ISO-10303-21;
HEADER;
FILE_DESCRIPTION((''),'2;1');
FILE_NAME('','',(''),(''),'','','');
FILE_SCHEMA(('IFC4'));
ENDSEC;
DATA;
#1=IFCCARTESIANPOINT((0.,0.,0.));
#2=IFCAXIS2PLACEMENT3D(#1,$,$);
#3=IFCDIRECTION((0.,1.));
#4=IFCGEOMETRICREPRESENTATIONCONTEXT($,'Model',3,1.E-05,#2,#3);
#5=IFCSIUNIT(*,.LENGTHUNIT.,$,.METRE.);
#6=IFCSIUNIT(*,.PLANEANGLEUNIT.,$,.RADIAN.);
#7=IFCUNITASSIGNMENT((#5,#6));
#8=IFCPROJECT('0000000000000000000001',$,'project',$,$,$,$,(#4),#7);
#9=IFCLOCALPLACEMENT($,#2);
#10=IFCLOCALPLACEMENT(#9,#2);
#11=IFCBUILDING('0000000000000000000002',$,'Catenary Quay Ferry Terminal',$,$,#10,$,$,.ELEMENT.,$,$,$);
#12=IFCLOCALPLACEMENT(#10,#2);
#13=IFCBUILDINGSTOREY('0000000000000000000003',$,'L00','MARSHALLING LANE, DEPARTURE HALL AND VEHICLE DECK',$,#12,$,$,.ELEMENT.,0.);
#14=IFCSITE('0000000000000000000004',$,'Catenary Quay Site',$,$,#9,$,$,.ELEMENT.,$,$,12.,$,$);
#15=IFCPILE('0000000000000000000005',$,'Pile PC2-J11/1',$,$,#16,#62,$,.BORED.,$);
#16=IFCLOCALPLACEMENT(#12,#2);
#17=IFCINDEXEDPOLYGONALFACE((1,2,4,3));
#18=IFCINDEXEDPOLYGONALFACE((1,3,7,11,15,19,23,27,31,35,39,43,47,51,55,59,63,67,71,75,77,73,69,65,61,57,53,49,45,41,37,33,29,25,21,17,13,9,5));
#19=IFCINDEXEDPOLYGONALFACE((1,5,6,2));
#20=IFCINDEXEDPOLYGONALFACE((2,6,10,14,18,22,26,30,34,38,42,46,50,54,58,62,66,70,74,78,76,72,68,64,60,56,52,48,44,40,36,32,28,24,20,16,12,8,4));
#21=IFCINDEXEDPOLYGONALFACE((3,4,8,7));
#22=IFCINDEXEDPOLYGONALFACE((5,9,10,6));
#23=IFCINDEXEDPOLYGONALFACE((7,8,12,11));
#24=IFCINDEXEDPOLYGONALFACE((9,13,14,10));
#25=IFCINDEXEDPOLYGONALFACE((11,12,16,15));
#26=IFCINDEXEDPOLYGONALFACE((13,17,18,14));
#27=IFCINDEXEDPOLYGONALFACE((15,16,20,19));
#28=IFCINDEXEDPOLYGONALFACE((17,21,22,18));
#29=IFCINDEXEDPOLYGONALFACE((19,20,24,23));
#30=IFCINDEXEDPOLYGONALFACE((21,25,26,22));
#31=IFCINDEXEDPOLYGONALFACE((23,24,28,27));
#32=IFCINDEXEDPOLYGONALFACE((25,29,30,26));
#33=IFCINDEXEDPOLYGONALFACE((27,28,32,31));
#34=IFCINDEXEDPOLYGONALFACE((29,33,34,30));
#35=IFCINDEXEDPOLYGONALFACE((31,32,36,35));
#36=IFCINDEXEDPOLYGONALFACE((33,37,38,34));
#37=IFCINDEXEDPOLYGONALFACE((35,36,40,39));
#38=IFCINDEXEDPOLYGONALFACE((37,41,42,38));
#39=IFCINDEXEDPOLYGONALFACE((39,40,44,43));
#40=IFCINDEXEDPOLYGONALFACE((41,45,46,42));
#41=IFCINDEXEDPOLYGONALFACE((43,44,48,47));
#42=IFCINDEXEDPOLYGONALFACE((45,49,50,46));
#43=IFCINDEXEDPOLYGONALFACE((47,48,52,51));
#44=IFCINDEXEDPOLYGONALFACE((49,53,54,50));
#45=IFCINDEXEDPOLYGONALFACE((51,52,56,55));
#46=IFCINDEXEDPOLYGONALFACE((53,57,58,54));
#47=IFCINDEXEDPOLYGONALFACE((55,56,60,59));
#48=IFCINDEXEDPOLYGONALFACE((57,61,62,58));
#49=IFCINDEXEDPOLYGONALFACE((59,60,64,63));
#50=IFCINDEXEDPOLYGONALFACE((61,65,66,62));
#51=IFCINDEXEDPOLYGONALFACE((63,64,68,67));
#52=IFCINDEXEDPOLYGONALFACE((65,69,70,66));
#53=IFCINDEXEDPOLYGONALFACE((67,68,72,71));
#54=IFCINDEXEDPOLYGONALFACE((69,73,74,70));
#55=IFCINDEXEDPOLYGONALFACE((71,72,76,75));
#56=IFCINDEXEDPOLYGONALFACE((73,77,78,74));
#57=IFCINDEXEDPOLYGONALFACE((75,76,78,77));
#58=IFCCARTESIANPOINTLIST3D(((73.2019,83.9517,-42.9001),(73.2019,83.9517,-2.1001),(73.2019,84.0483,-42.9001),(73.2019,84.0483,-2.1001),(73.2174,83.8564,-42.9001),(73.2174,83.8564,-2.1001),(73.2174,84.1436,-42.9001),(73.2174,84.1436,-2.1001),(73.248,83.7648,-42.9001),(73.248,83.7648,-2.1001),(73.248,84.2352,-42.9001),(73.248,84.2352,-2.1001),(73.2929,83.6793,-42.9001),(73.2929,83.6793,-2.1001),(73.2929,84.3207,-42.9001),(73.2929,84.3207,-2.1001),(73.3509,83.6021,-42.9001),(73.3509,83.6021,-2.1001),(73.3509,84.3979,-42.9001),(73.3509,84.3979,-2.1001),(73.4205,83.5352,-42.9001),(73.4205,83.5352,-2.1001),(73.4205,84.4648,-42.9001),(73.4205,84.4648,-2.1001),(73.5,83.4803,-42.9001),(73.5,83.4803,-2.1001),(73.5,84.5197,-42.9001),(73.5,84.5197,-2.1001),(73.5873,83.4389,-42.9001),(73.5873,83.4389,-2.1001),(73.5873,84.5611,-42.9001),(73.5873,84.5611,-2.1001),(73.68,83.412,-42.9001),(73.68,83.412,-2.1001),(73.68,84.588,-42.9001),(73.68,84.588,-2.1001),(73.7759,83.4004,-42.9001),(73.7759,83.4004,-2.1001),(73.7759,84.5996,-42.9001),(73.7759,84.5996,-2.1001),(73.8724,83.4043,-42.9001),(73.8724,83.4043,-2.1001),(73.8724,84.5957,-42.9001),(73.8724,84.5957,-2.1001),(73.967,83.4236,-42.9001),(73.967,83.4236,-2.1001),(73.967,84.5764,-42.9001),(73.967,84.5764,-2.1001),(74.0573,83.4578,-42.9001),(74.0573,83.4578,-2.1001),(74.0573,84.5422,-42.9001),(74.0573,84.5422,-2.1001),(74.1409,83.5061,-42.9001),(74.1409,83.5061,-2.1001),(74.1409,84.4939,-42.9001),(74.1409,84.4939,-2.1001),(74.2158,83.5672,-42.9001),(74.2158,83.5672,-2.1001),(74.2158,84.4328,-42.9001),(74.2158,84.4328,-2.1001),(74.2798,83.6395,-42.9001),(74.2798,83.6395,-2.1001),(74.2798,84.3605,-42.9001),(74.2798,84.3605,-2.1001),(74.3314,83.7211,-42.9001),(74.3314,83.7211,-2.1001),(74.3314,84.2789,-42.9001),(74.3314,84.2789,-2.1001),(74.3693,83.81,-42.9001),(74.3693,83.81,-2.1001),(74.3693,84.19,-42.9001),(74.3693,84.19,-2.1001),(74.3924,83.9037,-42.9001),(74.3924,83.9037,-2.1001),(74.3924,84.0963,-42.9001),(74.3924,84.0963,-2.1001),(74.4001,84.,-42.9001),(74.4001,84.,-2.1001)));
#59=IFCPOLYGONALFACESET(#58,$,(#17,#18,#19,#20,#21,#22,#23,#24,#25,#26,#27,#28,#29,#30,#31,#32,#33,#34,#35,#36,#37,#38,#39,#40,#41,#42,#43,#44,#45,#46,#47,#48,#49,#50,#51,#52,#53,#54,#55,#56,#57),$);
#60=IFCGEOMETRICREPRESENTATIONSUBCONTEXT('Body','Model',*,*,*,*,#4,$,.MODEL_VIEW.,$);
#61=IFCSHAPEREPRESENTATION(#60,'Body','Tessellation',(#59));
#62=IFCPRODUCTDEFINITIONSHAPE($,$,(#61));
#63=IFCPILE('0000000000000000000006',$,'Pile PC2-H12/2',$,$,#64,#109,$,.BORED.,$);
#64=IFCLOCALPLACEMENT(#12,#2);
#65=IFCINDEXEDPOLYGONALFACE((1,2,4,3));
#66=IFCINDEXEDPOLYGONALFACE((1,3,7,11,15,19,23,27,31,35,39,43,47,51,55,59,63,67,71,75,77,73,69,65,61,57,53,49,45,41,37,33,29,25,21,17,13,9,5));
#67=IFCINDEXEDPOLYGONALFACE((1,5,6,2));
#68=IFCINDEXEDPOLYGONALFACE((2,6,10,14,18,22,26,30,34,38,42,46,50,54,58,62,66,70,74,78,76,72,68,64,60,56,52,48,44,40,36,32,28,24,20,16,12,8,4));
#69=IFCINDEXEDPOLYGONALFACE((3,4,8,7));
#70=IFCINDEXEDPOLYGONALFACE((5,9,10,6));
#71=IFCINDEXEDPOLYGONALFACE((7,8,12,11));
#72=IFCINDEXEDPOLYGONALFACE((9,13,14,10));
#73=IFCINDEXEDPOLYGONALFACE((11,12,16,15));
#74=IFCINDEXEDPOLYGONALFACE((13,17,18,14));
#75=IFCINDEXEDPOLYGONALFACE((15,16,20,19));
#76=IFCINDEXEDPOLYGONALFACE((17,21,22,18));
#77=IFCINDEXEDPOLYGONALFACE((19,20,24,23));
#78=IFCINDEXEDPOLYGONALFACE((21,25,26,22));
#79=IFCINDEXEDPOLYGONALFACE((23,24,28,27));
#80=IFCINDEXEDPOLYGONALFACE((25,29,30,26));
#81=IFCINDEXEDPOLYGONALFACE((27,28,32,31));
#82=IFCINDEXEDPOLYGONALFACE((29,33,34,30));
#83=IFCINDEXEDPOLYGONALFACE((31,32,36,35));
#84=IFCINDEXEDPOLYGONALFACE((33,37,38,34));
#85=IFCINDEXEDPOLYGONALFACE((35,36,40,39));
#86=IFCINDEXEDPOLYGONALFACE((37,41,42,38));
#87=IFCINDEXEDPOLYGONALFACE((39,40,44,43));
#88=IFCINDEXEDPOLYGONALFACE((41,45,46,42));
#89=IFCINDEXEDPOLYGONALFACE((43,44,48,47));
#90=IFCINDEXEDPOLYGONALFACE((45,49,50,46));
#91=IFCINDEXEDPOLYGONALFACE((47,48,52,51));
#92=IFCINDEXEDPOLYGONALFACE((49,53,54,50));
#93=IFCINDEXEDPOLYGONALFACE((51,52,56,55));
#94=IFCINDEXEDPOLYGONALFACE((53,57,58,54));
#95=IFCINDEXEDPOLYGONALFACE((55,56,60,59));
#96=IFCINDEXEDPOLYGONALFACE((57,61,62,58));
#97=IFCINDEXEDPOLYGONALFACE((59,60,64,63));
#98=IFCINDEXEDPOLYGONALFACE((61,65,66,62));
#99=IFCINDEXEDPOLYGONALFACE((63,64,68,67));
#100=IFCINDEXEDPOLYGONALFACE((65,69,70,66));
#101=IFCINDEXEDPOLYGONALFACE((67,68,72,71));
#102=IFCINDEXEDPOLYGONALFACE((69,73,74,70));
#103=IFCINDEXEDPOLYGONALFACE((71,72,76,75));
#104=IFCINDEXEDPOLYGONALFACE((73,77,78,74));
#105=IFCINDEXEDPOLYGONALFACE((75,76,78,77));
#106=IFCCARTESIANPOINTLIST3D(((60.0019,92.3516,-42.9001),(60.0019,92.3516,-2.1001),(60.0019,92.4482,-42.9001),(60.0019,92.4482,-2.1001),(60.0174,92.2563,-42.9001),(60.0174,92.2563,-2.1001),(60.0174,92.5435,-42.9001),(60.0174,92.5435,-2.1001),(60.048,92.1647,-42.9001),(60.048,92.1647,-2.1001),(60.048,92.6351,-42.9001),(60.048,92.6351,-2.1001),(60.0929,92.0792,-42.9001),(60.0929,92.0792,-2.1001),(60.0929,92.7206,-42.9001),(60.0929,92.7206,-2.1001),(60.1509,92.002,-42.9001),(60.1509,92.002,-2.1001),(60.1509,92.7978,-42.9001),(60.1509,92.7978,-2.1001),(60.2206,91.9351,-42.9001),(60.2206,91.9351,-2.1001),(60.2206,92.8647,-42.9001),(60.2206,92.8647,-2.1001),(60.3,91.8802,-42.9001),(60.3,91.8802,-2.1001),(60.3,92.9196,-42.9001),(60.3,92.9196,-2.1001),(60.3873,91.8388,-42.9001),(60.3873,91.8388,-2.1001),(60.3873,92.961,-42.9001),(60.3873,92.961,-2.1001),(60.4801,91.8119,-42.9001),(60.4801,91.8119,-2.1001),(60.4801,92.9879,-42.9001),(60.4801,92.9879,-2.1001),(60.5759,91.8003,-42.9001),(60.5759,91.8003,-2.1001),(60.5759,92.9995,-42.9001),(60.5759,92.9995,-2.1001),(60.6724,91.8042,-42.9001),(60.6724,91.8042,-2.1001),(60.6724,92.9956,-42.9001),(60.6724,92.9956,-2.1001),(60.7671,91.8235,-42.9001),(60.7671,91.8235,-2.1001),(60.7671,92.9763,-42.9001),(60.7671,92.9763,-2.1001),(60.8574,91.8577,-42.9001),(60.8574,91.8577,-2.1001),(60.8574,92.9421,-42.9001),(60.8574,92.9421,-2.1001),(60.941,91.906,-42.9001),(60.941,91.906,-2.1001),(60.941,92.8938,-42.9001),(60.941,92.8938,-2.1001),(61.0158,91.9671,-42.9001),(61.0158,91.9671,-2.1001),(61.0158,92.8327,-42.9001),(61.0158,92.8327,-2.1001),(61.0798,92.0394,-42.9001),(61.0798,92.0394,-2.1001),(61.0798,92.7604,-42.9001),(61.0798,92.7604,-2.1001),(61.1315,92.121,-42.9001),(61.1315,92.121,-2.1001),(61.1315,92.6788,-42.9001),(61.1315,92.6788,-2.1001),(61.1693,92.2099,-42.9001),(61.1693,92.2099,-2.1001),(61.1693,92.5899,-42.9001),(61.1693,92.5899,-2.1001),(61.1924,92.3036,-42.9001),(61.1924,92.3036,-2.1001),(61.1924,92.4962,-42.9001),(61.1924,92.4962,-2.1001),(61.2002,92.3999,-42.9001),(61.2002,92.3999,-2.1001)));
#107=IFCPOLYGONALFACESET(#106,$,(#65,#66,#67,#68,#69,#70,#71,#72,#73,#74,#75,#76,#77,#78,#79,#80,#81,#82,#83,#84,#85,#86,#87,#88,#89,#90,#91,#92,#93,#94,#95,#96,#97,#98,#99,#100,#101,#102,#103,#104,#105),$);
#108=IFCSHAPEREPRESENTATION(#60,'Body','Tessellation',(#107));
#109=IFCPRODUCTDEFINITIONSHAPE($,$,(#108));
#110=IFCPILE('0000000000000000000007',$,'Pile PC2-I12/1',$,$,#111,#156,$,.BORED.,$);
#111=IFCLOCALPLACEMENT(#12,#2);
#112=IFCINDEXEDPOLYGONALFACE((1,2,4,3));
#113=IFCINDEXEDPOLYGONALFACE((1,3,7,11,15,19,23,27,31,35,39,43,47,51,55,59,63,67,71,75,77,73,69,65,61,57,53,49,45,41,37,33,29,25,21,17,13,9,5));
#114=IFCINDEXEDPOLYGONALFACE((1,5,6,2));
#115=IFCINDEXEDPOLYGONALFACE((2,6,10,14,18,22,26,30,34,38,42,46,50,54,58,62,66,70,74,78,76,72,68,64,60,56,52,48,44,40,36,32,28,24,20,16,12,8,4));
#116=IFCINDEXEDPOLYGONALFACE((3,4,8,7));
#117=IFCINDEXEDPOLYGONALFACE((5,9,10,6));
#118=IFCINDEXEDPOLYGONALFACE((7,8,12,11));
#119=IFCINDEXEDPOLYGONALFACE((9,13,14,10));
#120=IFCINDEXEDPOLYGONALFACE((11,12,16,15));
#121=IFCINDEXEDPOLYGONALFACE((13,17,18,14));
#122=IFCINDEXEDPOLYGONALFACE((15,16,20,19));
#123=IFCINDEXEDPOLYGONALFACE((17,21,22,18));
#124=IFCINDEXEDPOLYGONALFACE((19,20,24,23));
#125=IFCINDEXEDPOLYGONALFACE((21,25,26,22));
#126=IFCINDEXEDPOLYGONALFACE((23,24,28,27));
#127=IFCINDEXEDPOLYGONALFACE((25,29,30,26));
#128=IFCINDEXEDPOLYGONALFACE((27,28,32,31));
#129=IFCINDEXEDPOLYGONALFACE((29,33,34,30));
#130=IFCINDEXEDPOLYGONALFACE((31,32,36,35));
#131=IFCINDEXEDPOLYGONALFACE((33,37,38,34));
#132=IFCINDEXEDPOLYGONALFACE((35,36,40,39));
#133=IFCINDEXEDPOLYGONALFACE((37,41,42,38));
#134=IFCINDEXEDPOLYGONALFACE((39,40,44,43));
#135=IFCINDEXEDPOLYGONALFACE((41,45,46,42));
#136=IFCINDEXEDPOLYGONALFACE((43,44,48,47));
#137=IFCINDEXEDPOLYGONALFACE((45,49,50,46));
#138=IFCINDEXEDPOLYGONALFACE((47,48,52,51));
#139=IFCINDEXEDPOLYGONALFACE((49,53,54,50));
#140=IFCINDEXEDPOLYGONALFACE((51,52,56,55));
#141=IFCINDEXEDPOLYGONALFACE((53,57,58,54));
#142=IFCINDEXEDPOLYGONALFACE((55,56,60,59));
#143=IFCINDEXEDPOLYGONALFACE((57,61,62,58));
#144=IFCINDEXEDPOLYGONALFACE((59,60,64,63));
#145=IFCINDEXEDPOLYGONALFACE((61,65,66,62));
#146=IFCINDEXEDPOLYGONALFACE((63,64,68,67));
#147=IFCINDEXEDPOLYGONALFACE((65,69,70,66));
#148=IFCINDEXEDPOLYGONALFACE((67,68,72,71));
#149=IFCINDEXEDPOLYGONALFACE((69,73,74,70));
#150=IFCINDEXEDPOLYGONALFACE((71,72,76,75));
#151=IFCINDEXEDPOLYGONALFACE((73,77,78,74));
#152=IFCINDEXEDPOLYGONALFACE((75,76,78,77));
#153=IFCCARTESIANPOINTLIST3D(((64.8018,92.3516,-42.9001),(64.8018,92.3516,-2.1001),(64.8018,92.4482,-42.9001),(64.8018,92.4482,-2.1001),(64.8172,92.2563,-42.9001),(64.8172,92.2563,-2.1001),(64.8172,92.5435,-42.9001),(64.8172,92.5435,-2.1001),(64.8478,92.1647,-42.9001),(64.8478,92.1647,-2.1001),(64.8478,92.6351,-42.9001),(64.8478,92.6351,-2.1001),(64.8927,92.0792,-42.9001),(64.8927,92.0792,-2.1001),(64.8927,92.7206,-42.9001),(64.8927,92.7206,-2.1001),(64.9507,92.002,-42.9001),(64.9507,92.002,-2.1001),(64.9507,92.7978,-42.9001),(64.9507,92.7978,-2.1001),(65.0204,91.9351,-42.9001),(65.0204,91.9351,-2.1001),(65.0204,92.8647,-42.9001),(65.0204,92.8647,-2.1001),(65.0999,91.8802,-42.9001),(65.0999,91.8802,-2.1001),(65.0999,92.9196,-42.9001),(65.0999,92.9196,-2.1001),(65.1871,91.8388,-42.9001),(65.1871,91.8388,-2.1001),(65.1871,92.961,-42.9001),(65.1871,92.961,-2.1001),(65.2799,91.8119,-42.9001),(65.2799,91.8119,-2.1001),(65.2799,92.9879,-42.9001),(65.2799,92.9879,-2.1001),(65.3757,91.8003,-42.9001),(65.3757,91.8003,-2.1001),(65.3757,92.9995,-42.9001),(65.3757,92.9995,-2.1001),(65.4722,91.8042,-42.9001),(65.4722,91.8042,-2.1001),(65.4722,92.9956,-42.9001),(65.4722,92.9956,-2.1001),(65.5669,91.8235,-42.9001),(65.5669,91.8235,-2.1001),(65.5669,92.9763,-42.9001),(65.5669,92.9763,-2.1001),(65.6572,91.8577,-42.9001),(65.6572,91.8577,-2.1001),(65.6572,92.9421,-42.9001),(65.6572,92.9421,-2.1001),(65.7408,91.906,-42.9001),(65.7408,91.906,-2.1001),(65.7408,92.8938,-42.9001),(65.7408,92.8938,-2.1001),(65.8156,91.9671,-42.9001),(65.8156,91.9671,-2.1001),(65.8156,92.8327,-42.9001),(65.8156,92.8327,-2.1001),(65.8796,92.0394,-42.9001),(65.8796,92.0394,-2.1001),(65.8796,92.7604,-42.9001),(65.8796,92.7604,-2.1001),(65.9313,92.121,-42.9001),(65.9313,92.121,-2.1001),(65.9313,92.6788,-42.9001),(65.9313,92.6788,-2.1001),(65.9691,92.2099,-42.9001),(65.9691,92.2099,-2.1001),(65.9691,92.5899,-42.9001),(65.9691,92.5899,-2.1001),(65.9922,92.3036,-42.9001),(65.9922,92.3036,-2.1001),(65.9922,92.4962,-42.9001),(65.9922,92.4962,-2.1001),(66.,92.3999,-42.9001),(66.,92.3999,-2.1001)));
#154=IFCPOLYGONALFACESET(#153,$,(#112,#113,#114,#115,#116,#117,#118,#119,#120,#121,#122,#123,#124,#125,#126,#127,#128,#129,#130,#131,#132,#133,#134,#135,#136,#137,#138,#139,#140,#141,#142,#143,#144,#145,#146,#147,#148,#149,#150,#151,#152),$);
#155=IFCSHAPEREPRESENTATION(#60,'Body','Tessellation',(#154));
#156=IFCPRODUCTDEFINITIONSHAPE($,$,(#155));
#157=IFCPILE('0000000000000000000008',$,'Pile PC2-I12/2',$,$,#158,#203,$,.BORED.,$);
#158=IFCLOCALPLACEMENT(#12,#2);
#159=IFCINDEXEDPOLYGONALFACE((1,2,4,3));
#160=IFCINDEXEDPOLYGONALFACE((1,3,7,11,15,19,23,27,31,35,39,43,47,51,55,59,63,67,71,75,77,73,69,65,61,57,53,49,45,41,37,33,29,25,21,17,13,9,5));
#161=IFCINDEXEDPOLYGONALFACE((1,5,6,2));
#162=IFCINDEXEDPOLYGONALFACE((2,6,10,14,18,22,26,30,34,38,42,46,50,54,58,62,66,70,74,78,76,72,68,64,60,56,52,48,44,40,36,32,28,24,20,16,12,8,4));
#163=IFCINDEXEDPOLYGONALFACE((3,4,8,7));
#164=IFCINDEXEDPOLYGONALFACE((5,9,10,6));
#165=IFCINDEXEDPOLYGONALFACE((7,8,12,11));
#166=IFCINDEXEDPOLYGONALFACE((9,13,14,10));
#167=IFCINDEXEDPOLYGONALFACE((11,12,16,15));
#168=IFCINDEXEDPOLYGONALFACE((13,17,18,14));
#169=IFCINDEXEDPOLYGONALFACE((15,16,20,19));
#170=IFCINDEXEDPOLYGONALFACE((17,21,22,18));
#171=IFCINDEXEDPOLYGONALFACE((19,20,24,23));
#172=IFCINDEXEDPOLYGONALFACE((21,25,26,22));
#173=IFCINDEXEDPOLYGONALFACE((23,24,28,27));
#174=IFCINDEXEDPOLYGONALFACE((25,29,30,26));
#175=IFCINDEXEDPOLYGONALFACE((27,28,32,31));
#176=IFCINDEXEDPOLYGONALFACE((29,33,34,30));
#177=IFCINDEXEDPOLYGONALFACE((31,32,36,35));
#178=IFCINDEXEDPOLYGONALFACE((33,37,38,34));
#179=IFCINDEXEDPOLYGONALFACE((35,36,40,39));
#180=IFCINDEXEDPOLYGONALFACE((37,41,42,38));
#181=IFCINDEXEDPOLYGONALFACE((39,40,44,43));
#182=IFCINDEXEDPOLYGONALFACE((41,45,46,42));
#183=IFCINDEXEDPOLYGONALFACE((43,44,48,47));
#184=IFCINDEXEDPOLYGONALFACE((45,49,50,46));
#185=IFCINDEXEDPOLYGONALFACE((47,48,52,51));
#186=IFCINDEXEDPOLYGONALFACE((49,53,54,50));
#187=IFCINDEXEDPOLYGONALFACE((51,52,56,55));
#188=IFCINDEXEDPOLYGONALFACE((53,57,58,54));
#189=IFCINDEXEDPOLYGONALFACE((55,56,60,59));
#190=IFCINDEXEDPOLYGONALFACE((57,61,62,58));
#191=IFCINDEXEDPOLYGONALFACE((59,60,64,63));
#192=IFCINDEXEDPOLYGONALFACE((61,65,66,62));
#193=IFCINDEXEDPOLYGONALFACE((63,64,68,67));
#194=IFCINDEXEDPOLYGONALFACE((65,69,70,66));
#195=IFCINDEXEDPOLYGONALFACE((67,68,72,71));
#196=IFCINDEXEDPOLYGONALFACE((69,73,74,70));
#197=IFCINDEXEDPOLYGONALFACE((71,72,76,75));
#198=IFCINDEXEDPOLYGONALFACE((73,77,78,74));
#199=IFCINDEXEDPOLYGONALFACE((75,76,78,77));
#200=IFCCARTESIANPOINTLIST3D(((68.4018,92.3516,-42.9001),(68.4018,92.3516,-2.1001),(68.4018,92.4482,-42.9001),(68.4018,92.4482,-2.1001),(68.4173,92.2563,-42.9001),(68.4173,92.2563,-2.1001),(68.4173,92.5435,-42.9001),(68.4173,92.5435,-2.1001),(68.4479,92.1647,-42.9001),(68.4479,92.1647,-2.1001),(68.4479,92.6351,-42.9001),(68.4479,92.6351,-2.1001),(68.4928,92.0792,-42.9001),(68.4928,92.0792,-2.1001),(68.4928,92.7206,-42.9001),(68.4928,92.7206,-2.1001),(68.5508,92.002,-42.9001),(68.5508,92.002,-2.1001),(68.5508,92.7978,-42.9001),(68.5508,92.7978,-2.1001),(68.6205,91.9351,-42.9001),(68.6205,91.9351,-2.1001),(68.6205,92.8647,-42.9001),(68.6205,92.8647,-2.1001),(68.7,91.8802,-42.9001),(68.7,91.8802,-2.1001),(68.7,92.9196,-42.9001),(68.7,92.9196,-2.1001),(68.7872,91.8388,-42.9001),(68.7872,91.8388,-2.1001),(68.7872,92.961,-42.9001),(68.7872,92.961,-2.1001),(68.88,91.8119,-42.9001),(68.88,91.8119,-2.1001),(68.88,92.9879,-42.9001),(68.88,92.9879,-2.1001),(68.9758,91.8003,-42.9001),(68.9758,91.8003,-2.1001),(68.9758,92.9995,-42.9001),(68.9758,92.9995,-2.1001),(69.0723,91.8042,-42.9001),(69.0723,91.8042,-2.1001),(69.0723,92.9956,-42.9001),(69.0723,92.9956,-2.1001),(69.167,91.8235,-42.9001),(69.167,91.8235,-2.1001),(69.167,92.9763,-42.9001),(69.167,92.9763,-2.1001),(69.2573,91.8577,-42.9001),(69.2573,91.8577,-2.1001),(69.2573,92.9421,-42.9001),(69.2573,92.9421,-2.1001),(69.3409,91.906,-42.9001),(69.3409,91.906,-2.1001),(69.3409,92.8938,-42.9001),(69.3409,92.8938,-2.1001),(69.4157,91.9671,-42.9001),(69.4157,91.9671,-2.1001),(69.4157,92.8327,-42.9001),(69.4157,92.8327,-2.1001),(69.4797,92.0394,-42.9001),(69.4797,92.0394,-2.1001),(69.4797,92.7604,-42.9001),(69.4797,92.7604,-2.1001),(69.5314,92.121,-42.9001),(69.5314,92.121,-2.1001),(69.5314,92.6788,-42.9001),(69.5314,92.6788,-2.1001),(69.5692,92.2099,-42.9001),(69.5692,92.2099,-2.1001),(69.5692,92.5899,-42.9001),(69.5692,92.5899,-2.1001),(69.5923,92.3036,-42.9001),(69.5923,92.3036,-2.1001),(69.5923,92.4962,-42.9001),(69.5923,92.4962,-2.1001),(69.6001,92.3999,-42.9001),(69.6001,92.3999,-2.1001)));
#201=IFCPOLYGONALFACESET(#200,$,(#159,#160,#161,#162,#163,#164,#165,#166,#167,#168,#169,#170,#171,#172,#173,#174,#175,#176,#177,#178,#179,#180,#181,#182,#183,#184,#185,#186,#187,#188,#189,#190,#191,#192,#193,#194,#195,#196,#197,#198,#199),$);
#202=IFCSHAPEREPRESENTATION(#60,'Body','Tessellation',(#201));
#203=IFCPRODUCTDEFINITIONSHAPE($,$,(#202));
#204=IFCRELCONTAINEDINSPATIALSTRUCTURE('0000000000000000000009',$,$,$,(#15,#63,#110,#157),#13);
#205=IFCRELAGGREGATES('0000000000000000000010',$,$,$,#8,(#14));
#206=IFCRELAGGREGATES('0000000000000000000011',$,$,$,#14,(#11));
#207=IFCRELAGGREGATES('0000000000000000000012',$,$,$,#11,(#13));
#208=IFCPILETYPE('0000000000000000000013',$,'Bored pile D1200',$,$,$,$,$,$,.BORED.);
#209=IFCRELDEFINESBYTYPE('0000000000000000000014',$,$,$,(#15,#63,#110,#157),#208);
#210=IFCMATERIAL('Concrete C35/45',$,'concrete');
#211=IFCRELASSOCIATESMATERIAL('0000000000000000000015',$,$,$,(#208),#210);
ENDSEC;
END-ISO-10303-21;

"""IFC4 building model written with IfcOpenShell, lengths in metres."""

from ifc_helpers import new_model, si_unit, direction, frame, origin, origin_2d, place, context, subcontext, project, spatial, circle, extrude, material, material_profile, profile_set, type_object, element, save


model = new_model("IFC4")

# Units and contexts
model_context = context("Model", 3, precision=1e-05, world=origin(), true_north=direction((0.0, 1.0)))
body_context = subcontext(model_context, "Body", "Model", "MODEL_VIEW")
ifc_project = project(units=[si_unit("LENGTHUNIT", "METRE"), si_unit("PLANEANGLEUNIT", "RADIAN")], contexts=[model_context])

# Site, building, storey
site_placement = place(None, origin())
site = spatial("IfcSite", under=ifc_project, at=site_placement, Name="Catenary Quay Site", CompositionType="ELEMENT", RefElevation=12.0)
building_placement = place(site_placement, origin())
building = spatial("IfcBuilding", under=site, at=building_placement, Name="Catenary Quay Ferry Terminal", CompositionType="ELEMENT")
storey_placement = place(building_placement, origin())
storey = spatial("IfcBuildingStorey", under=building, at=storey_placement, Name="L00", Description="MARSHALLING LANE, DEPARTURE HALL AND VEHICLE DECK", CompositionType="ELEMENT", Elevation=0.0)

# Piles
ifc_material_1 = material(Name="Concrete C35/45", Category="concrete")
ifc_material_profile_1 = material_profile(ifc_material_1, circle(Radius=0.6001, at=origin_2d()), Name="D1200")
ifc_profile_set_1 = profile_set([ifc_material_profile_1], Name="Concrete C35/45")
pile_type = type_object("IfcPileType", Name="Bored pile D1200", PredefinedType="BORED", material=ifc_profile_set_1)
for number, where, z_axis, x_axis, name in (
    (1, (73.8, 84.0, -2.1001), (0.0, 0.0, -1.0), (1.0, 0.0, 0.0), "Pile PC2-J11/1"),
    (2, (60.6001, 92.3999, -2.1001), (0.0, 0.0, -1.0), (1.0, 0.0, 0.0), "Pile PC2-H12/2"),
    (3, (65.3999, 92.3999, -2.1001), (0.0, 0.0, -1.0), (1.0, 0.0, 0.0), "Pile PC2-I12/1"),
    (4, (69.0, 92.3999, -2.1001), (0.0, 0.0, -1.0), (1.0, 0.0, 0.0), "Pile PC2-I12/2"),
):
    element("IfcPile", number, at=place(storey_placement, frame(where, z_axis=z_axis, x_axis=x_axis)), inside=storey, type_object=pile_type, Name=name, PredefinedType="BORED", context=body_context, shape_type="SweptSolid", body=[
        extrude(circle(Radius=0.6001, at=origin_2d()), origin(), (0.0, 0.0, 1.0), 40.8),
    ])

save(model, "model.ifc")
